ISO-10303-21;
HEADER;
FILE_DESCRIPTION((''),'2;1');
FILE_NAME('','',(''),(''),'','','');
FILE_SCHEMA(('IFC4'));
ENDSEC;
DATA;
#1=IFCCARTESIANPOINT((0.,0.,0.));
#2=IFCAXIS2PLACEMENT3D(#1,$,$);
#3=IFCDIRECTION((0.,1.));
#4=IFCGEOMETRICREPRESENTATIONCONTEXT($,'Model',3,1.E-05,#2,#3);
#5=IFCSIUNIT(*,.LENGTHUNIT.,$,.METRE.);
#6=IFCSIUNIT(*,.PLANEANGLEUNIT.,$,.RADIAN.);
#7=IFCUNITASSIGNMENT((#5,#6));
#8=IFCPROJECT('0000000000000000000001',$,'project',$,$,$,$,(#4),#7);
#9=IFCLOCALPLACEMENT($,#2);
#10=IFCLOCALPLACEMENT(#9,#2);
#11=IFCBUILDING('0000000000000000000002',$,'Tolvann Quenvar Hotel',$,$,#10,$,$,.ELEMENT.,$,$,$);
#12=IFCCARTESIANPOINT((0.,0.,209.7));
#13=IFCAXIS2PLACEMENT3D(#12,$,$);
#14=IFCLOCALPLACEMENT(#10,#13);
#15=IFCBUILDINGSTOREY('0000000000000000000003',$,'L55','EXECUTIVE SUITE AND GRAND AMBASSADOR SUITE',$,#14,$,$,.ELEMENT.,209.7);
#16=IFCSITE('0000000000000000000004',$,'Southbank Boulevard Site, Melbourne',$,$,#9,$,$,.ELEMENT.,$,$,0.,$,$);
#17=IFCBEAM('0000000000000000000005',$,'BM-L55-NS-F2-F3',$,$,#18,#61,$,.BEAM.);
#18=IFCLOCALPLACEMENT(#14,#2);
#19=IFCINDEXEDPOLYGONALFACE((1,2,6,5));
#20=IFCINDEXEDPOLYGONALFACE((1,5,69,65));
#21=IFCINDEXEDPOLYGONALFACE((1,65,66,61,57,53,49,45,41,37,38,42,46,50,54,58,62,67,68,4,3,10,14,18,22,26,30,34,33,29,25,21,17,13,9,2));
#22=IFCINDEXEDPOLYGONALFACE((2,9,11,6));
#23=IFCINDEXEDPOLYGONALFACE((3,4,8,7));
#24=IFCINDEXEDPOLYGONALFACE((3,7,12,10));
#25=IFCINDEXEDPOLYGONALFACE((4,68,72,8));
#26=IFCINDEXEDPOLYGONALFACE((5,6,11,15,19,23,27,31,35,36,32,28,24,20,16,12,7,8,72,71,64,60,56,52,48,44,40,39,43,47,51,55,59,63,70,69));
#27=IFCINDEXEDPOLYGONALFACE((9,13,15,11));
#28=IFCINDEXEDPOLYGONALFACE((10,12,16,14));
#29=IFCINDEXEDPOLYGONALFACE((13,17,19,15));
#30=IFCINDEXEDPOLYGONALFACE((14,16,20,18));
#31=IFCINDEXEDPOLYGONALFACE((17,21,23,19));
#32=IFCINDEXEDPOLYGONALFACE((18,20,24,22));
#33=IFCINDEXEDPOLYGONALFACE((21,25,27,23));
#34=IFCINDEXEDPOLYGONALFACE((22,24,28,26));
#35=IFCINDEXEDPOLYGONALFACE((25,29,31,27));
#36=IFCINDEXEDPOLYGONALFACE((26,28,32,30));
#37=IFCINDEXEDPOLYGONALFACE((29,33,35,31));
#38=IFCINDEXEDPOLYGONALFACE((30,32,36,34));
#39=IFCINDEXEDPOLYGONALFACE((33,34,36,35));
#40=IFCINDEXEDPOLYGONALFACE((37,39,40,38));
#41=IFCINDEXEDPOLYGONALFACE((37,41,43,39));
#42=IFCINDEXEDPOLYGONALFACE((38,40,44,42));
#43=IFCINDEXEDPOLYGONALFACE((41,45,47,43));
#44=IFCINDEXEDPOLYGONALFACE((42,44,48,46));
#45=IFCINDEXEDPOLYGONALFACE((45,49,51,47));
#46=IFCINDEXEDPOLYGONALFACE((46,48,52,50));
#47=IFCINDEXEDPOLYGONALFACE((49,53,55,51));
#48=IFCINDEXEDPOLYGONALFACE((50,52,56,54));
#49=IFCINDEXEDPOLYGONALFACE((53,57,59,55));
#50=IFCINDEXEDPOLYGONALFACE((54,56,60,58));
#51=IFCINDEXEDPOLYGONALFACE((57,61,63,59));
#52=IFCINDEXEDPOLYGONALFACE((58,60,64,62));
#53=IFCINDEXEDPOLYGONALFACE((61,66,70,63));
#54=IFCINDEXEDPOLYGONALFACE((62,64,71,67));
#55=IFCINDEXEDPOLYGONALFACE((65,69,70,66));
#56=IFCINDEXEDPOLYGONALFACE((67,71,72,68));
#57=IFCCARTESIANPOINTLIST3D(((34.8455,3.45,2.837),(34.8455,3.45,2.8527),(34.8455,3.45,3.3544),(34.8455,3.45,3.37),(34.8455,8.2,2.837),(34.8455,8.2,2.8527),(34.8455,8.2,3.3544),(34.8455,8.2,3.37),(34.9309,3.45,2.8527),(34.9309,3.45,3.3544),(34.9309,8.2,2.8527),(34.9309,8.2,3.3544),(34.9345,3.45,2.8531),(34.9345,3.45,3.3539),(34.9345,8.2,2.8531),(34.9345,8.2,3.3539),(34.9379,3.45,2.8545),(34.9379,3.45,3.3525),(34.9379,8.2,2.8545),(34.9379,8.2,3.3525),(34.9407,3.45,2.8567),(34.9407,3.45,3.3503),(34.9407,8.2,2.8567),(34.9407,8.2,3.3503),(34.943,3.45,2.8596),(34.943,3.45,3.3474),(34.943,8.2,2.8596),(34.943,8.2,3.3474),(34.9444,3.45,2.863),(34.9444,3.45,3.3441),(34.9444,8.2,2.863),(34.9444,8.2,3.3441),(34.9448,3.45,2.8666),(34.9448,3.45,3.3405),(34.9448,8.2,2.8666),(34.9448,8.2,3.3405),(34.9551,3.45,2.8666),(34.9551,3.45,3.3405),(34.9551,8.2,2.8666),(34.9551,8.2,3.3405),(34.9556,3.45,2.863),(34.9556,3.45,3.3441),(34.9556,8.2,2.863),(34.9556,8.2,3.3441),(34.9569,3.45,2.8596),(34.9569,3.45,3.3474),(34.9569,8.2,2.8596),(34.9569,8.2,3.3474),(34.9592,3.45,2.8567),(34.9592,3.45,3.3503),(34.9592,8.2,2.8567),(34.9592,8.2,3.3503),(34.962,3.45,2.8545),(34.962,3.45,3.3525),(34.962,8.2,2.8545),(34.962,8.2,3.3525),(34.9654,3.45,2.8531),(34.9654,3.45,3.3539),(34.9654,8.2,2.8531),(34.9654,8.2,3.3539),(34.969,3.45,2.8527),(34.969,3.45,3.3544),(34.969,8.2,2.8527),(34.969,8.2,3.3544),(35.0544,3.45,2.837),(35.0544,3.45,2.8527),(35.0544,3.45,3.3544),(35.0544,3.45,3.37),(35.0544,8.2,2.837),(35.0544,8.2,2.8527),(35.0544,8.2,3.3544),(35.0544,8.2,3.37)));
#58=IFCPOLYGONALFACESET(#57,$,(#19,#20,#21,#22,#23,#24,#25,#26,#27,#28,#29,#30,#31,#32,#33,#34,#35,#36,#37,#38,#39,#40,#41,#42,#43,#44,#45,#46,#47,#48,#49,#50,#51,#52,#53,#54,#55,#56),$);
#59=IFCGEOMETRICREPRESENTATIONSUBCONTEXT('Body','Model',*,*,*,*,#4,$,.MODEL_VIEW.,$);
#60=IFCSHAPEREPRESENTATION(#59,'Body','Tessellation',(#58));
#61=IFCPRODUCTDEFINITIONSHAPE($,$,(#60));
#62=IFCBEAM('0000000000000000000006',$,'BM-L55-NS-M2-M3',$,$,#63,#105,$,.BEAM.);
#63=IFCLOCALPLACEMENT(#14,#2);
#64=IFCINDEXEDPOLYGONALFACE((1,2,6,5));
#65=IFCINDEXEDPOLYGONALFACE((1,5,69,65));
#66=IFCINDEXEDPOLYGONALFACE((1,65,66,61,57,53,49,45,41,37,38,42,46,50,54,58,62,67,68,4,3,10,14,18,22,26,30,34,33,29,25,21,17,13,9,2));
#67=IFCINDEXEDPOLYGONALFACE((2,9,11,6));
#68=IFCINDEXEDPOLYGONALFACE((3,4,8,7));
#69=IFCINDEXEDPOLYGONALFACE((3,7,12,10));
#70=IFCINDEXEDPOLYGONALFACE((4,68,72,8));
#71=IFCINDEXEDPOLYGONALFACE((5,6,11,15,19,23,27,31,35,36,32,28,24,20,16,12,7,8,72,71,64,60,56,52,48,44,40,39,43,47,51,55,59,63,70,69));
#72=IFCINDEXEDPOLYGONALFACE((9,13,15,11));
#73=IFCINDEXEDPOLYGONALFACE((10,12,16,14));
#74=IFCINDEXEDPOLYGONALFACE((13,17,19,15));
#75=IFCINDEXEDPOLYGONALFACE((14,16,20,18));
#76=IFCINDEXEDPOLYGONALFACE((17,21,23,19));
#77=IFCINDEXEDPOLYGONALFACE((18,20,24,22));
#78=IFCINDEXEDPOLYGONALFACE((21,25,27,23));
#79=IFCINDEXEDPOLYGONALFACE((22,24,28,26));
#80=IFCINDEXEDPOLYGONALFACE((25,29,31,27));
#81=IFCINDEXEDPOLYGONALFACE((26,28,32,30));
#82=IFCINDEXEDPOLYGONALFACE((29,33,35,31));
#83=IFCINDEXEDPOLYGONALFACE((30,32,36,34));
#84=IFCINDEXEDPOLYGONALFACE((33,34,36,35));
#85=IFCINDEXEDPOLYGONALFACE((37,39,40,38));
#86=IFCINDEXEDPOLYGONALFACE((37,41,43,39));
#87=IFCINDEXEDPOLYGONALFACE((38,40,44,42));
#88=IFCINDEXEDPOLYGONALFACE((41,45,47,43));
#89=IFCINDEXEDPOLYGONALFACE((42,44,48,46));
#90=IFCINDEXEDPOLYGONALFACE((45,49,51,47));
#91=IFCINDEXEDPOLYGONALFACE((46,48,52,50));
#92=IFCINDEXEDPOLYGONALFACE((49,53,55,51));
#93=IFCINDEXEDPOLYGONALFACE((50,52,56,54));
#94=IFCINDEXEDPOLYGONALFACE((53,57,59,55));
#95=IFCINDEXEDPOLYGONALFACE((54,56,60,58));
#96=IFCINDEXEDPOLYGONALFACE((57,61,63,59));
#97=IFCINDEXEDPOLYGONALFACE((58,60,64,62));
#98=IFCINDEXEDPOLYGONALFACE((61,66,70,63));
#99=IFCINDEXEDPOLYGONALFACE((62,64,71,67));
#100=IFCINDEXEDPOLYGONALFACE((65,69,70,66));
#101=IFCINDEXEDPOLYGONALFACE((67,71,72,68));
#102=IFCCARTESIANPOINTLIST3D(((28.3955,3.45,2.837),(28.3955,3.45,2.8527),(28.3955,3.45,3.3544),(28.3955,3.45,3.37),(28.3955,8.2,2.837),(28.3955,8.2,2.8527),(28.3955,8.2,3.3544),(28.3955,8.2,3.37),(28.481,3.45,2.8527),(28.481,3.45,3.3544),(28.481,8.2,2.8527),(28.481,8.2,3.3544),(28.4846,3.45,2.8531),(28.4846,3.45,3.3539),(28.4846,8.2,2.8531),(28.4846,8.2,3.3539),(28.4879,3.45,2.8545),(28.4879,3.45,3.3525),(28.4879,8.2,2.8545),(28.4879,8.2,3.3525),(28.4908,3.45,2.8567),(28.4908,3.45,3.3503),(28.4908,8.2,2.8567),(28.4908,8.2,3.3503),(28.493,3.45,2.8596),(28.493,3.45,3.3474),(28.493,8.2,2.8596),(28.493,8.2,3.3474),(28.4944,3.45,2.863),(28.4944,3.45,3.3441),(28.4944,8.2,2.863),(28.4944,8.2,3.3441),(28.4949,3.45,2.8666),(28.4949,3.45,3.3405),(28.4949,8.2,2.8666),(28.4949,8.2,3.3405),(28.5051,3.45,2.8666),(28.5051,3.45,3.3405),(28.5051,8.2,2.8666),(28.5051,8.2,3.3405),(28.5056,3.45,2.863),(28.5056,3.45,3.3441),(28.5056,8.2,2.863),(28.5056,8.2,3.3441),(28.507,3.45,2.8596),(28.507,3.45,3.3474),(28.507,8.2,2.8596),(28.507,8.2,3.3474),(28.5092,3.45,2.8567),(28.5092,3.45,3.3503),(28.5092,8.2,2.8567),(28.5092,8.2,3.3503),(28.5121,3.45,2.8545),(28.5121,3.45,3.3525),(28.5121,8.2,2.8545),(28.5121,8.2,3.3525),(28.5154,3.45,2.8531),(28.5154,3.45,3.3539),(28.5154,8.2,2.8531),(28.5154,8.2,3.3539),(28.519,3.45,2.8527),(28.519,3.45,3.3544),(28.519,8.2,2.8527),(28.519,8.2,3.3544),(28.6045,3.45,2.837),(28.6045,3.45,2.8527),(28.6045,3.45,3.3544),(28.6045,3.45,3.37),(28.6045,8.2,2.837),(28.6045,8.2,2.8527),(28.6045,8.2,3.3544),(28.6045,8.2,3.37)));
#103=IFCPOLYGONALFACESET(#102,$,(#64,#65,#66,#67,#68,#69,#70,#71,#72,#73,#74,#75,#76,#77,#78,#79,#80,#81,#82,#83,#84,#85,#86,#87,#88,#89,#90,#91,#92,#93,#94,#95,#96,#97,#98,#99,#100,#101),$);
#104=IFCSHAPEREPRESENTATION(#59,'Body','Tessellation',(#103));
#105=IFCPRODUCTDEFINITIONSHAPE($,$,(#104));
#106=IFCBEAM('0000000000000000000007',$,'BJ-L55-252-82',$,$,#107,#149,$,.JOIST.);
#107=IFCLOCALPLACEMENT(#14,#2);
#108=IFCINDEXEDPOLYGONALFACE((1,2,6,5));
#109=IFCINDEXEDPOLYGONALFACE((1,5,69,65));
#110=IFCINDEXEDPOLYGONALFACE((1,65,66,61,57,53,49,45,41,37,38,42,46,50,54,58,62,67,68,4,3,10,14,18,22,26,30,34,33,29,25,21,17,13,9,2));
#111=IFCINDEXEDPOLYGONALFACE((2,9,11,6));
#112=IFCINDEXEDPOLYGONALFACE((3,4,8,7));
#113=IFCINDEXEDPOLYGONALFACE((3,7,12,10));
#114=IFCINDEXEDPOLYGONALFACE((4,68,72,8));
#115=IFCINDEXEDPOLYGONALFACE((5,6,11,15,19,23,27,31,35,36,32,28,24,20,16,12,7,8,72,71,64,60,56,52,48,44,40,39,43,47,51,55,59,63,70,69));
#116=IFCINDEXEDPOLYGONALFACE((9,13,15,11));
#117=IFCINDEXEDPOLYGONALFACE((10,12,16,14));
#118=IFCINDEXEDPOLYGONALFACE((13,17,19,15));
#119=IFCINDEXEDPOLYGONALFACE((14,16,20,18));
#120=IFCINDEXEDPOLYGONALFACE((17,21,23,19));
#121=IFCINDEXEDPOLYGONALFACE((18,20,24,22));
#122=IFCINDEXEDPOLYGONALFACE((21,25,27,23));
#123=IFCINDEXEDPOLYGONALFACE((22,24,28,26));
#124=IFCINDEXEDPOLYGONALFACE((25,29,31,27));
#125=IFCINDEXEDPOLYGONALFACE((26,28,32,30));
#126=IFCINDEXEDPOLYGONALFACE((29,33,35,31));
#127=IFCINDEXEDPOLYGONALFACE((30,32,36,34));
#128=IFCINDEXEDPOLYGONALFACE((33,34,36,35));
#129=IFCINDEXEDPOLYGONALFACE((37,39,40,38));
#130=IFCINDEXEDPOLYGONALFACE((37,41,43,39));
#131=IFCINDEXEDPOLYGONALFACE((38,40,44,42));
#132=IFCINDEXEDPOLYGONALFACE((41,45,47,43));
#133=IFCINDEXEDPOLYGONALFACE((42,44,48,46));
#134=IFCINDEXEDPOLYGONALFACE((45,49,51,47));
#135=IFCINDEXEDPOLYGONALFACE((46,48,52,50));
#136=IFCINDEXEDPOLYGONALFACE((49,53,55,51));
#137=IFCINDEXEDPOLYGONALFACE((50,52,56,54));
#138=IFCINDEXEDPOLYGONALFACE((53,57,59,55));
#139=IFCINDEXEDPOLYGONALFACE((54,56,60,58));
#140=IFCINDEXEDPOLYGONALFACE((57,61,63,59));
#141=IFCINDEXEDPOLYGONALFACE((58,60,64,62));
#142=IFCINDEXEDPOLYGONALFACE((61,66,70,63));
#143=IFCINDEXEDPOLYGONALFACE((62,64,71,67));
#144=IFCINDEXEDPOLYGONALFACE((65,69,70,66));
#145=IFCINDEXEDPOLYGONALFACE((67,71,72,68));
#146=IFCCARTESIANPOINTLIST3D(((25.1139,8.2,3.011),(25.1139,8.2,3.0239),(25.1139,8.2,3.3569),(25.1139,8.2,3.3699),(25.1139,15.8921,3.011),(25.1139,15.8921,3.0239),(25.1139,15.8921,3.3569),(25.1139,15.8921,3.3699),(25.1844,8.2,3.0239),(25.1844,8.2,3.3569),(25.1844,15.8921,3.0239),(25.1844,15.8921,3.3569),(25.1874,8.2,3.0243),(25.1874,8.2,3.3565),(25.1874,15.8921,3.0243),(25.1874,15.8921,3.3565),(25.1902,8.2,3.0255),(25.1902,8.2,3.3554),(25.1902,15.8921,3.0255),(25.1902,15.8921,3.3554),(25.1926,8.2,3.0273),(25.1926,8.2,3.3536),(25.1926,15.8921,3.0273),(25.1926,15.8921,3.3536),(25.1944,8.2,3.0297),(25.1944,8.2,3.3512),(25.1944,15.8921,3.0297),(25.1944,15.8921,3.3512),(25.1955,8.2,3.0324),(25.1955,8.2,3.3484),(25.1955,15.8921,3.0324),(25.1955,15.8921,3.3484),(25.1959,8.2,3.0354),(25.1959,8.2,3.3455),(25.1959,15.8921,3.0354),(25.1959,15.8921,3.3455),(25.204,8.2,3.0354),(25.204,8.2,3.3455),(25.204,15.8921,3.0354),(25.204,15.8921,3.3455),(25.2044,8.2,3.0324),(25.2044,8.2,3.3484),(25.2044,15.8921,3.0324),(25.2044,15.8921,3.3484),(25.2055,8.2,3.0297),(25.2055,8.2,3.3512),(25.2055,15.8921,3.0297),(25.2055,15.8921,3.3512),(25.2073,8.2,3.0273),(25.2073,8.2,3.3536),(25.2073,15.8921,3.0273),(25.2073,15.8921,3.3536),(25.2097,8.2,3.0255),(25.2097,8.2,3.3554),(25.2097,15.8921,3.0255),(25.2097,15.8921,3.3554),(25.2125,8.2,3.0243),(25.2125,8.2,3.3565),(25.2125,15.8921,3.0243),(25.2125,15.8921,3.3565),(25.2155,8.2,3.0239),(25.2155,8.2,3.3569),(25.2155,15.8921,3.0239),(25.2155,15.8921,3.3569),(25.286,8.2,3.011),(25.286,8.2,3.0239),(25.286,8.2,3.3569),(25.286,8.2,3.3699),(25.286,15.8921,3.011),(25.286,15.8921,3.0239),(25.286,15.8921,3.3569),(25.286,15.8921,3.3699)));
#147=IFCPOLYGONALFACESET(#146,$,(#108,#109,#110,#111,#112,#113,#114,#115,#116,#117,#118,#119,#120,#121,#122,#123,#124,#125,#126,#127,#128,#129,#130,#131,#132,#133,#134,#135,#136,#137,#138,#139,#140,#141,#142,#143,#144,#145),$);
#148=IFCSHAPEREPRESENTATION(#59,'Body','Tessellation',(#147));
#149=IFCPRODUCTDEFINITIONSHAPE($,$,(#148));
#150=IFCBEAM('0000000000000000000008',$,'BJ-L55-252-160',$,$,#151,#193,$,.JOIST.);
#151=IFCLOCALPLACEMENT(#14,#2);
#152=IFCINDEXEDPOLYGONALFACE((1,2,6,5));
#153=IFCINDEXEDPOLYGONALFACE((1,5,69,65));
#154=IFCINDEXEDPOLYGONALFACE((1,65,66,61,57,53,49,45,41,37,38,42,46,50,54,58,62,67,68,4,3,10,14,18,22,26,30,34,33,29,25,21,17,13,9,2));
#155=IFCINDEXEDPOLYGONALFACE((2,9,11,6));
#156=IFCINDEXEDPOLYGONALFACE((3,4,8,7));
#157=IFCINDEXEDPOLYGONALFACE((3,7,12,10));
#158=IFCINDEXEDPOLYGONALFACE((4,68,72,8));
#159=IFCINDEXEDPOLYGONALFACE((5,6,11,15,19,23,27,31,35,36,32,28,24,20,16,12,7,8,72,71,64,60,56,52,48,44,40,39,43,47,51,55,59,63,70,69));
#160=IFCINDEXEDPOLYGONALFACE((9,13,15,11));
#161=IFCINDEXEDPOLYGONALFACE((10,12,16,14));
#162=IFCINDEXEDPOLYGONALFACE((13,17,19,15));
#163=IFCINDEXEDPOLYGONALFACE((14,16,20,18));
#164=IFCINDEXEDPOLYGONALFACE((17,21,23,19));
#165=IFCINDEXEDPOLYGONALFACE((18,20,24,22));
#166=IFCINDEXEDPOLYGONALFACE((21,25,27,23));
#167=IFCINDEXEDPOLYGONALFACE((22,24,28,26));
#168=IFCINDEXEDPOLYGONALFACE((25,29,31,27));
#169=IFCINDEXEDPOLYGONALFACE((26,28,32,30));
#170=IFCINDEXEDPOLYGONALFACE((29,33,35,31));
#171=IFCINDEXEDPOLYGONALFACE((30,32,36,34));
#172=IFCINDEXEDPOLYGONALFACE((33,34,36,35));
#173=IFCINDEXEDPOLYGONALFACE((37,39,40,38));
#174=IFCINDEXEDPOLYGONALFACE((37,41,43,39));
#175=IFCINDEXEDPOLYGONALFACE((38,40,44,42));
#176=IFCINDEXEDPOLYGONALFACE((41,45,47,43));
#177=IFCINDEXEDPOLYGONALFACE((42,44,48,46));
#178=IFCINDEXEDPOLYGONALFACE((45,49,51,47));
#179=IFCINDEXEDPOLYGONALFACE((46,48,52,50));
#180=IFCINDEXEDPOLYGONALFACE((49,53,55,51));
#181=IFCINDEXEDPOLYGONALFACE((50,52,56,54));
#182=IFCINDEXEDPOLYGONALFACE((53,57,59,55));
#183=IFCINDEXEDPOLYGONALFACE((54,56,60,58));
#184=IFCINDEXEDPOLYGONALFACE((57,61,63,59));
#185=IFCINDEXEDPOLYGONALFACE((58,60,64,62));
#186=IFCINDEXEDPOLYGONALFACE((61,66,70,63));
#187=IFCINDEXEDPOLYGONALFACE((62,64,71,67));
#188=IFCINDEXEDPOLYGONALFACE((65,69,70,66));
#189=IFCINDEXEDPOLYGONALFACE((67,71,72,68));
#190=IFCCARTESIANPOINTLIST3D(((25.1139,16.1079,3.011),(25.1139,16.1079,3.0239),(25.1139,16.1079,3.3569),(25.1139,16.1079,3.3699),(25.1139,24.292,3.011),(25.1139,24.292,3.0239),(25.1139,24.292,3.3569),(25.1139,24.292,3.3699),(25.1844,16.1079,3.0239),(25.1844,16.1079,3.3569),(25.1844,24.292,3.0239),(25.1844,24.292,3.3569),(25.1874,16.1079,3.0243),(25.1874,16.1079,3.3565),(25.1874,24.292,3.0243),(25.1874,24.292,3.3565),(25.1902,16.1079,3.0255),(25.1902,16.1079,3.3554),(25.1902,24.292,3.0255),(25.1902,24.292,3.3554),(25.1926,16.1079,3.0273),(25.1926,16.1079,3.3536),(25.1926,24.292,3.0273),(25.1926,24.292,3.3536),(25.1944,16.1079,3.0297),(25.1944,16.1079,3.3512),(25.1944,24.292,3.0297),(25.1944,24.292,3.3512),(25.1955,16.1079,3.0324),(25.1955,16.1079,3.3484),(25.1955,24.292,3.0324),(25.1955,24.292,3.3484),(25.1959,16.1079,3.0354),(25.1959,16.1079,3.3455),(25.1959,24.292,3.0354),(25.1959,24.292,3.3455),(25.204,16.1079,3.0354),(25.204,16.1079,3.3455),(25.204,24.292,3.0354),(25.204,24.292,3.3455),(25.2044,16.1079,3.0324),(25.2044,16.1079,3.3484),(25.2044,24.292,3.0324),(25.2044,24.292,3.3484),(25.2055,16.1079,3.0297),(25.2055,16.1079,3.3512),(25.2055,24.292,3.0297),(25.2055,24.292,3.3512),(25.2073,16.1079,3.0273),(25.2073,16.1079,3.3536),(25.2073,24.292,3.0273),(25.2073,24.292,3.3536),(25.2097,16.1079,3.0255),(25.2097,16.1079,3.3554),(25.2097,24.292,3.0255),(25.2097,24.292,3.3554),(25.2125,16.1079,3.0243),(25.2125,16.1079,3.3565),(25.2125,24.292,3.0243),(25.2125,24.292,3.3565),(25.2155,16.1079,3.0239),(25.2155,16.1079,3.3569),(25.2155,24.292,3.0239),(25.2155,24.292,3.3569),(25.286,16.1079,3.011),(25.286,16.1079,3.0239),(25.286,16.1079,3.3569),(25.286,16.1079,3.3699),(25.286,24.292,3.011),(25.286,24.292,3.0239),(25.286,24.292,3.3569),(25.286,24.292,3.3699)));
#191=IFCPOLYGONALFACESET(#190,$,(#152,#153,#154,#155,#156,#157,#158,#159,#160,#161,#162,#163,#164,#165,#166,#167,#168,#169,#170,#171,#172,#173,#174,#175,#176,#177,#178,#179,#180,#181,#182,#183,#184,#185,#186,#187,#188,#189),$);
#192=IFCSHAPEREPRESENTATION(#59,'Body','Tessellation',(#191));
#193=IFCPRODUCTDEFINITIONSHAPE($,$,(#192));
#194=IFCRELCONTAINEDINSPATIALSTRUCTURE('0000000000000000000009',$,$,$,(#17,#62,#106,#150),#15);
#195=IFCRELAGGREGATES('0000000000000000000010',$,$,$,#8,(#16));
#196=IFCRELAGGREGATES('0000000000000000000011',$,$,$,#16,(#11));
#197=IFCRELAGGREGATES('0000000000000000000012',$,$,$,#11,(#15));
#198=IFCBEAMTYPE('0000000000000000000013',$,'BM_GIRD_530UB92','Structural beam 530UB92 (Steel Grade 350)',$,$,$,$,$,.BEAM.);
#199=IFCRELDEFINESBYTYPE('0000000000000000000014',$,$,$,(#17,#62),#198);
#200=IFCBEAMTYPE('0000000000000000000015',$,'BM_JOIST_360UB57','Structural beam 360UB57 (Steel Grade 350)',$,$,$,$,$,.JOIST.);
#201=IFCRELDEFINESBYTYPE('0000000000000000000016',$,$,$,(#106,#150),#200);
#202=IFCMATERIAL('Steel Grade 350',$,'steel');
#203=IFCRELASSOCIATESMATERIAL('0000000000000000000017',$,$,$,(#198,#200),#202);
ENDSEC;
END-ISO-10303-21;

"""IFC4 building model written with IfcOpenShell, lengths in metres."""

from ifc_helpers import new_model, si_unit, direction, frame, origin, origin_2d, place, context, subcontext, project, spatial, i_section, extrude, source, transform, mapped, material, material_profile, profile_set, type_object, type_shapes, element, save


model = new_model("IFC4")

# Units and contexts
model_context = context("Model", 3, precision=1e-05, world=origin(), true_north=direction((0.0, 1.0)))
body_context = subcontext(model_context, "Body", "Model", "MODEL_VIEW")
ifc_project = project(units=[si_unit("LENGTHUNIT", "METRE"), si_unit("PLANEANGLEUNIT", "RADIAN")], contexts=[model_context])

# Site, building, storey
site_placement = place(None, origin())
site = spatial("IfcSite", under=ifc_project, at=site_placement, Name="Southbank Boulevard Site, Melbourne", CompositionType="ELEMENT", RefElevation=0.0)
building_placement = place(site_placement, origin())
building = spatial("IfcBuilding", under=site, at=building_placement, Name="Tolvann Quenvar Hotel", CompositionType="ELEMENT")
storey_placement = place(building_placement, frame((0.0, 0.0, 209.7)))
storey = spatial("IfcBuildingStorey", under=building, at=storey_placement, Name="L55", Description="EXECUTIVE SUITE AND GRAND AMBASSADOR SUITE", CompositionType="ELEMENT", Elevation=209.7)

# Shared definitions
ifc_material_1 = material(Name="Steel Grade 350", Category="steel")

# Beams
ifc_material_profile_1 = material_profile(ifc_material_1, i_section(OverallWidth=0.209, OverallDepth=0.533, WebThickness=0.0103, FlangeThickness=0.0156, FilletRadius=0.0139, at=origin_2d()), Name="530UB92")
ifc_profile_set_1 = profile_set([ifc_material_profile_1], Name="Steel Grade 350")
beam_type_1 = type_object("IfcBeamType", Name="BM_GIRD_530UB92", Description="Structural beam 530UB92 (Steel Grade 350)", PredefinedType="BEAM", material=ifc_profile_set_1)
shared_shape_1 = source(origin(), body_context, "Body", "SweptSolid", [
    extrude(i_section(OverallWidth=0.209, OverallDepth=0.533, WebThickness=0.0103, FlangeThickness=0.0156, FilletRadius=0.0139, at=origin_2d()), origin(), (0.0, 0.0, 1.0), 4.75),
])
for number, where, z_axis, x_axis, name in (
    (1, (34.95, 3.45, 3.1035), (0.0, 1.0, 0.0), (-1.0, 0.0, 0.0), "BM-L55-NS-F2-F3"),
    (2, (28.5, 3.45, 3.1035), (0.0, 1.0, 0.0), (-1.0, 0.0, 0.0), "BM-L55-NS-M2-M3"),
):
    element("IfcBeam", number, at=place(storey_placement, frame(where, z_axis=z_axis, x_axis=x_axis)), inside=storey, type_object=beam_type_1, Name=name, PredefinedType="BEAM", context=body_context, shape_type="MappedRepresentation", body=[
        mapped(shared_shape_1, transform((0.0, 0.0, 0.0), x_axis=(1.0, 0.0, 0.0), y_axis=(0.0, 1.0, 0.0), z_axis=(0.0, 0.0, 1.0), scale=1.0)),
    ])
ifc_material_profile_2 = material_profile(ifc_material_1, i_section(OverallWidth=0.1721, OverallDepth=0.3589, WebThickness=0.0081, FlangeThickness=0.0129, FilletRadius=0.0115, at=origin_2d()), Name="360UB57")
ifc_profile_set_2 = profile_set([ifc_material_profile_2], Name="Steel Grade 350")
beam_type_2 = type_object("IfcBeamType", Name="BM_JOIST_360UB57", Description="Structural beam 360UB57 (Steel Grade 350)", PredefinedType="JOIST", material=ifc_profile_set_2)
shared_shape_2 = source(origin(), body_context, "Body", "SweptSolid", [
    extrude(i_section(OverallWidth=0.1721, OverallDepth=0.3589, WebThickness=0.0081, FlangeThickness=0.0129, FilletRadius=0.0115, at=origin_2d()), origin(), (0.0, 0.0, 1.0), 7.6921),
])
beam_1_placement = place(storey_placement, frame((25.2, 8.2, 3.1904), z_axis=(0.0, 1.0, 0.0), x_axis=(-1.0, 0.0, 0.0)))
element("IfcBeam", 3, at=beam_1_placement, inside=storey, type_object=beam_type_2, Name="BJ-L55-252-82", PredefinedType="JOIST", context=body_context, shape_type="MappedRepresentation", body=[
    mapped(shared_shape_2, transform((0.0, 0.0, 0.0), x_axis=(1.0, 0.0, 0.0), y_axis=(0.0, 1.0, 0.0), z_axis=(0.0, 0.0, 1.0), scale=1.0)),
])
shared_shape_3 = source(origin(), body_context, "Body", "SweptSolid", [
    extrude(i_section(OverallWidth=0.1721, OverallDepth=0.3589, WebThickness=0.0081, FlangeThickness=0.0129, FilletRadius=0.0115, at=origin_2d()), origin(), (0.0, 0.0, 1.0), 8.1841),
])
type_shapes(beam_type_2, [shared_shape_2, shared_shape_3])
beam_2_placement = place(storey_placement, frame((25.2, 16.1079, 3.1904), z_axis=(0.0, 1.0, 0.0), x_axis=(-1.0, 0.0, 0.0)))
element("IfcBeam", 4, at=beam_2_placement, inside=storey, type_object=beam_type_2, Name="BJ-L55-252-160", PredefinedType="JOIST", context=body_context, shape_type="MappedRepresentation", body=[
    mapped(shared_shape_3, transform((0.0, 0.0, 0.0), x_axis=(1.0, 0.0, 0.0), y_axis=(0.0, 1.0, 0.0), z_axis=(0.0, 0.0, 1.0), scale=1.0)),
])

save(model, "model.ifc")
